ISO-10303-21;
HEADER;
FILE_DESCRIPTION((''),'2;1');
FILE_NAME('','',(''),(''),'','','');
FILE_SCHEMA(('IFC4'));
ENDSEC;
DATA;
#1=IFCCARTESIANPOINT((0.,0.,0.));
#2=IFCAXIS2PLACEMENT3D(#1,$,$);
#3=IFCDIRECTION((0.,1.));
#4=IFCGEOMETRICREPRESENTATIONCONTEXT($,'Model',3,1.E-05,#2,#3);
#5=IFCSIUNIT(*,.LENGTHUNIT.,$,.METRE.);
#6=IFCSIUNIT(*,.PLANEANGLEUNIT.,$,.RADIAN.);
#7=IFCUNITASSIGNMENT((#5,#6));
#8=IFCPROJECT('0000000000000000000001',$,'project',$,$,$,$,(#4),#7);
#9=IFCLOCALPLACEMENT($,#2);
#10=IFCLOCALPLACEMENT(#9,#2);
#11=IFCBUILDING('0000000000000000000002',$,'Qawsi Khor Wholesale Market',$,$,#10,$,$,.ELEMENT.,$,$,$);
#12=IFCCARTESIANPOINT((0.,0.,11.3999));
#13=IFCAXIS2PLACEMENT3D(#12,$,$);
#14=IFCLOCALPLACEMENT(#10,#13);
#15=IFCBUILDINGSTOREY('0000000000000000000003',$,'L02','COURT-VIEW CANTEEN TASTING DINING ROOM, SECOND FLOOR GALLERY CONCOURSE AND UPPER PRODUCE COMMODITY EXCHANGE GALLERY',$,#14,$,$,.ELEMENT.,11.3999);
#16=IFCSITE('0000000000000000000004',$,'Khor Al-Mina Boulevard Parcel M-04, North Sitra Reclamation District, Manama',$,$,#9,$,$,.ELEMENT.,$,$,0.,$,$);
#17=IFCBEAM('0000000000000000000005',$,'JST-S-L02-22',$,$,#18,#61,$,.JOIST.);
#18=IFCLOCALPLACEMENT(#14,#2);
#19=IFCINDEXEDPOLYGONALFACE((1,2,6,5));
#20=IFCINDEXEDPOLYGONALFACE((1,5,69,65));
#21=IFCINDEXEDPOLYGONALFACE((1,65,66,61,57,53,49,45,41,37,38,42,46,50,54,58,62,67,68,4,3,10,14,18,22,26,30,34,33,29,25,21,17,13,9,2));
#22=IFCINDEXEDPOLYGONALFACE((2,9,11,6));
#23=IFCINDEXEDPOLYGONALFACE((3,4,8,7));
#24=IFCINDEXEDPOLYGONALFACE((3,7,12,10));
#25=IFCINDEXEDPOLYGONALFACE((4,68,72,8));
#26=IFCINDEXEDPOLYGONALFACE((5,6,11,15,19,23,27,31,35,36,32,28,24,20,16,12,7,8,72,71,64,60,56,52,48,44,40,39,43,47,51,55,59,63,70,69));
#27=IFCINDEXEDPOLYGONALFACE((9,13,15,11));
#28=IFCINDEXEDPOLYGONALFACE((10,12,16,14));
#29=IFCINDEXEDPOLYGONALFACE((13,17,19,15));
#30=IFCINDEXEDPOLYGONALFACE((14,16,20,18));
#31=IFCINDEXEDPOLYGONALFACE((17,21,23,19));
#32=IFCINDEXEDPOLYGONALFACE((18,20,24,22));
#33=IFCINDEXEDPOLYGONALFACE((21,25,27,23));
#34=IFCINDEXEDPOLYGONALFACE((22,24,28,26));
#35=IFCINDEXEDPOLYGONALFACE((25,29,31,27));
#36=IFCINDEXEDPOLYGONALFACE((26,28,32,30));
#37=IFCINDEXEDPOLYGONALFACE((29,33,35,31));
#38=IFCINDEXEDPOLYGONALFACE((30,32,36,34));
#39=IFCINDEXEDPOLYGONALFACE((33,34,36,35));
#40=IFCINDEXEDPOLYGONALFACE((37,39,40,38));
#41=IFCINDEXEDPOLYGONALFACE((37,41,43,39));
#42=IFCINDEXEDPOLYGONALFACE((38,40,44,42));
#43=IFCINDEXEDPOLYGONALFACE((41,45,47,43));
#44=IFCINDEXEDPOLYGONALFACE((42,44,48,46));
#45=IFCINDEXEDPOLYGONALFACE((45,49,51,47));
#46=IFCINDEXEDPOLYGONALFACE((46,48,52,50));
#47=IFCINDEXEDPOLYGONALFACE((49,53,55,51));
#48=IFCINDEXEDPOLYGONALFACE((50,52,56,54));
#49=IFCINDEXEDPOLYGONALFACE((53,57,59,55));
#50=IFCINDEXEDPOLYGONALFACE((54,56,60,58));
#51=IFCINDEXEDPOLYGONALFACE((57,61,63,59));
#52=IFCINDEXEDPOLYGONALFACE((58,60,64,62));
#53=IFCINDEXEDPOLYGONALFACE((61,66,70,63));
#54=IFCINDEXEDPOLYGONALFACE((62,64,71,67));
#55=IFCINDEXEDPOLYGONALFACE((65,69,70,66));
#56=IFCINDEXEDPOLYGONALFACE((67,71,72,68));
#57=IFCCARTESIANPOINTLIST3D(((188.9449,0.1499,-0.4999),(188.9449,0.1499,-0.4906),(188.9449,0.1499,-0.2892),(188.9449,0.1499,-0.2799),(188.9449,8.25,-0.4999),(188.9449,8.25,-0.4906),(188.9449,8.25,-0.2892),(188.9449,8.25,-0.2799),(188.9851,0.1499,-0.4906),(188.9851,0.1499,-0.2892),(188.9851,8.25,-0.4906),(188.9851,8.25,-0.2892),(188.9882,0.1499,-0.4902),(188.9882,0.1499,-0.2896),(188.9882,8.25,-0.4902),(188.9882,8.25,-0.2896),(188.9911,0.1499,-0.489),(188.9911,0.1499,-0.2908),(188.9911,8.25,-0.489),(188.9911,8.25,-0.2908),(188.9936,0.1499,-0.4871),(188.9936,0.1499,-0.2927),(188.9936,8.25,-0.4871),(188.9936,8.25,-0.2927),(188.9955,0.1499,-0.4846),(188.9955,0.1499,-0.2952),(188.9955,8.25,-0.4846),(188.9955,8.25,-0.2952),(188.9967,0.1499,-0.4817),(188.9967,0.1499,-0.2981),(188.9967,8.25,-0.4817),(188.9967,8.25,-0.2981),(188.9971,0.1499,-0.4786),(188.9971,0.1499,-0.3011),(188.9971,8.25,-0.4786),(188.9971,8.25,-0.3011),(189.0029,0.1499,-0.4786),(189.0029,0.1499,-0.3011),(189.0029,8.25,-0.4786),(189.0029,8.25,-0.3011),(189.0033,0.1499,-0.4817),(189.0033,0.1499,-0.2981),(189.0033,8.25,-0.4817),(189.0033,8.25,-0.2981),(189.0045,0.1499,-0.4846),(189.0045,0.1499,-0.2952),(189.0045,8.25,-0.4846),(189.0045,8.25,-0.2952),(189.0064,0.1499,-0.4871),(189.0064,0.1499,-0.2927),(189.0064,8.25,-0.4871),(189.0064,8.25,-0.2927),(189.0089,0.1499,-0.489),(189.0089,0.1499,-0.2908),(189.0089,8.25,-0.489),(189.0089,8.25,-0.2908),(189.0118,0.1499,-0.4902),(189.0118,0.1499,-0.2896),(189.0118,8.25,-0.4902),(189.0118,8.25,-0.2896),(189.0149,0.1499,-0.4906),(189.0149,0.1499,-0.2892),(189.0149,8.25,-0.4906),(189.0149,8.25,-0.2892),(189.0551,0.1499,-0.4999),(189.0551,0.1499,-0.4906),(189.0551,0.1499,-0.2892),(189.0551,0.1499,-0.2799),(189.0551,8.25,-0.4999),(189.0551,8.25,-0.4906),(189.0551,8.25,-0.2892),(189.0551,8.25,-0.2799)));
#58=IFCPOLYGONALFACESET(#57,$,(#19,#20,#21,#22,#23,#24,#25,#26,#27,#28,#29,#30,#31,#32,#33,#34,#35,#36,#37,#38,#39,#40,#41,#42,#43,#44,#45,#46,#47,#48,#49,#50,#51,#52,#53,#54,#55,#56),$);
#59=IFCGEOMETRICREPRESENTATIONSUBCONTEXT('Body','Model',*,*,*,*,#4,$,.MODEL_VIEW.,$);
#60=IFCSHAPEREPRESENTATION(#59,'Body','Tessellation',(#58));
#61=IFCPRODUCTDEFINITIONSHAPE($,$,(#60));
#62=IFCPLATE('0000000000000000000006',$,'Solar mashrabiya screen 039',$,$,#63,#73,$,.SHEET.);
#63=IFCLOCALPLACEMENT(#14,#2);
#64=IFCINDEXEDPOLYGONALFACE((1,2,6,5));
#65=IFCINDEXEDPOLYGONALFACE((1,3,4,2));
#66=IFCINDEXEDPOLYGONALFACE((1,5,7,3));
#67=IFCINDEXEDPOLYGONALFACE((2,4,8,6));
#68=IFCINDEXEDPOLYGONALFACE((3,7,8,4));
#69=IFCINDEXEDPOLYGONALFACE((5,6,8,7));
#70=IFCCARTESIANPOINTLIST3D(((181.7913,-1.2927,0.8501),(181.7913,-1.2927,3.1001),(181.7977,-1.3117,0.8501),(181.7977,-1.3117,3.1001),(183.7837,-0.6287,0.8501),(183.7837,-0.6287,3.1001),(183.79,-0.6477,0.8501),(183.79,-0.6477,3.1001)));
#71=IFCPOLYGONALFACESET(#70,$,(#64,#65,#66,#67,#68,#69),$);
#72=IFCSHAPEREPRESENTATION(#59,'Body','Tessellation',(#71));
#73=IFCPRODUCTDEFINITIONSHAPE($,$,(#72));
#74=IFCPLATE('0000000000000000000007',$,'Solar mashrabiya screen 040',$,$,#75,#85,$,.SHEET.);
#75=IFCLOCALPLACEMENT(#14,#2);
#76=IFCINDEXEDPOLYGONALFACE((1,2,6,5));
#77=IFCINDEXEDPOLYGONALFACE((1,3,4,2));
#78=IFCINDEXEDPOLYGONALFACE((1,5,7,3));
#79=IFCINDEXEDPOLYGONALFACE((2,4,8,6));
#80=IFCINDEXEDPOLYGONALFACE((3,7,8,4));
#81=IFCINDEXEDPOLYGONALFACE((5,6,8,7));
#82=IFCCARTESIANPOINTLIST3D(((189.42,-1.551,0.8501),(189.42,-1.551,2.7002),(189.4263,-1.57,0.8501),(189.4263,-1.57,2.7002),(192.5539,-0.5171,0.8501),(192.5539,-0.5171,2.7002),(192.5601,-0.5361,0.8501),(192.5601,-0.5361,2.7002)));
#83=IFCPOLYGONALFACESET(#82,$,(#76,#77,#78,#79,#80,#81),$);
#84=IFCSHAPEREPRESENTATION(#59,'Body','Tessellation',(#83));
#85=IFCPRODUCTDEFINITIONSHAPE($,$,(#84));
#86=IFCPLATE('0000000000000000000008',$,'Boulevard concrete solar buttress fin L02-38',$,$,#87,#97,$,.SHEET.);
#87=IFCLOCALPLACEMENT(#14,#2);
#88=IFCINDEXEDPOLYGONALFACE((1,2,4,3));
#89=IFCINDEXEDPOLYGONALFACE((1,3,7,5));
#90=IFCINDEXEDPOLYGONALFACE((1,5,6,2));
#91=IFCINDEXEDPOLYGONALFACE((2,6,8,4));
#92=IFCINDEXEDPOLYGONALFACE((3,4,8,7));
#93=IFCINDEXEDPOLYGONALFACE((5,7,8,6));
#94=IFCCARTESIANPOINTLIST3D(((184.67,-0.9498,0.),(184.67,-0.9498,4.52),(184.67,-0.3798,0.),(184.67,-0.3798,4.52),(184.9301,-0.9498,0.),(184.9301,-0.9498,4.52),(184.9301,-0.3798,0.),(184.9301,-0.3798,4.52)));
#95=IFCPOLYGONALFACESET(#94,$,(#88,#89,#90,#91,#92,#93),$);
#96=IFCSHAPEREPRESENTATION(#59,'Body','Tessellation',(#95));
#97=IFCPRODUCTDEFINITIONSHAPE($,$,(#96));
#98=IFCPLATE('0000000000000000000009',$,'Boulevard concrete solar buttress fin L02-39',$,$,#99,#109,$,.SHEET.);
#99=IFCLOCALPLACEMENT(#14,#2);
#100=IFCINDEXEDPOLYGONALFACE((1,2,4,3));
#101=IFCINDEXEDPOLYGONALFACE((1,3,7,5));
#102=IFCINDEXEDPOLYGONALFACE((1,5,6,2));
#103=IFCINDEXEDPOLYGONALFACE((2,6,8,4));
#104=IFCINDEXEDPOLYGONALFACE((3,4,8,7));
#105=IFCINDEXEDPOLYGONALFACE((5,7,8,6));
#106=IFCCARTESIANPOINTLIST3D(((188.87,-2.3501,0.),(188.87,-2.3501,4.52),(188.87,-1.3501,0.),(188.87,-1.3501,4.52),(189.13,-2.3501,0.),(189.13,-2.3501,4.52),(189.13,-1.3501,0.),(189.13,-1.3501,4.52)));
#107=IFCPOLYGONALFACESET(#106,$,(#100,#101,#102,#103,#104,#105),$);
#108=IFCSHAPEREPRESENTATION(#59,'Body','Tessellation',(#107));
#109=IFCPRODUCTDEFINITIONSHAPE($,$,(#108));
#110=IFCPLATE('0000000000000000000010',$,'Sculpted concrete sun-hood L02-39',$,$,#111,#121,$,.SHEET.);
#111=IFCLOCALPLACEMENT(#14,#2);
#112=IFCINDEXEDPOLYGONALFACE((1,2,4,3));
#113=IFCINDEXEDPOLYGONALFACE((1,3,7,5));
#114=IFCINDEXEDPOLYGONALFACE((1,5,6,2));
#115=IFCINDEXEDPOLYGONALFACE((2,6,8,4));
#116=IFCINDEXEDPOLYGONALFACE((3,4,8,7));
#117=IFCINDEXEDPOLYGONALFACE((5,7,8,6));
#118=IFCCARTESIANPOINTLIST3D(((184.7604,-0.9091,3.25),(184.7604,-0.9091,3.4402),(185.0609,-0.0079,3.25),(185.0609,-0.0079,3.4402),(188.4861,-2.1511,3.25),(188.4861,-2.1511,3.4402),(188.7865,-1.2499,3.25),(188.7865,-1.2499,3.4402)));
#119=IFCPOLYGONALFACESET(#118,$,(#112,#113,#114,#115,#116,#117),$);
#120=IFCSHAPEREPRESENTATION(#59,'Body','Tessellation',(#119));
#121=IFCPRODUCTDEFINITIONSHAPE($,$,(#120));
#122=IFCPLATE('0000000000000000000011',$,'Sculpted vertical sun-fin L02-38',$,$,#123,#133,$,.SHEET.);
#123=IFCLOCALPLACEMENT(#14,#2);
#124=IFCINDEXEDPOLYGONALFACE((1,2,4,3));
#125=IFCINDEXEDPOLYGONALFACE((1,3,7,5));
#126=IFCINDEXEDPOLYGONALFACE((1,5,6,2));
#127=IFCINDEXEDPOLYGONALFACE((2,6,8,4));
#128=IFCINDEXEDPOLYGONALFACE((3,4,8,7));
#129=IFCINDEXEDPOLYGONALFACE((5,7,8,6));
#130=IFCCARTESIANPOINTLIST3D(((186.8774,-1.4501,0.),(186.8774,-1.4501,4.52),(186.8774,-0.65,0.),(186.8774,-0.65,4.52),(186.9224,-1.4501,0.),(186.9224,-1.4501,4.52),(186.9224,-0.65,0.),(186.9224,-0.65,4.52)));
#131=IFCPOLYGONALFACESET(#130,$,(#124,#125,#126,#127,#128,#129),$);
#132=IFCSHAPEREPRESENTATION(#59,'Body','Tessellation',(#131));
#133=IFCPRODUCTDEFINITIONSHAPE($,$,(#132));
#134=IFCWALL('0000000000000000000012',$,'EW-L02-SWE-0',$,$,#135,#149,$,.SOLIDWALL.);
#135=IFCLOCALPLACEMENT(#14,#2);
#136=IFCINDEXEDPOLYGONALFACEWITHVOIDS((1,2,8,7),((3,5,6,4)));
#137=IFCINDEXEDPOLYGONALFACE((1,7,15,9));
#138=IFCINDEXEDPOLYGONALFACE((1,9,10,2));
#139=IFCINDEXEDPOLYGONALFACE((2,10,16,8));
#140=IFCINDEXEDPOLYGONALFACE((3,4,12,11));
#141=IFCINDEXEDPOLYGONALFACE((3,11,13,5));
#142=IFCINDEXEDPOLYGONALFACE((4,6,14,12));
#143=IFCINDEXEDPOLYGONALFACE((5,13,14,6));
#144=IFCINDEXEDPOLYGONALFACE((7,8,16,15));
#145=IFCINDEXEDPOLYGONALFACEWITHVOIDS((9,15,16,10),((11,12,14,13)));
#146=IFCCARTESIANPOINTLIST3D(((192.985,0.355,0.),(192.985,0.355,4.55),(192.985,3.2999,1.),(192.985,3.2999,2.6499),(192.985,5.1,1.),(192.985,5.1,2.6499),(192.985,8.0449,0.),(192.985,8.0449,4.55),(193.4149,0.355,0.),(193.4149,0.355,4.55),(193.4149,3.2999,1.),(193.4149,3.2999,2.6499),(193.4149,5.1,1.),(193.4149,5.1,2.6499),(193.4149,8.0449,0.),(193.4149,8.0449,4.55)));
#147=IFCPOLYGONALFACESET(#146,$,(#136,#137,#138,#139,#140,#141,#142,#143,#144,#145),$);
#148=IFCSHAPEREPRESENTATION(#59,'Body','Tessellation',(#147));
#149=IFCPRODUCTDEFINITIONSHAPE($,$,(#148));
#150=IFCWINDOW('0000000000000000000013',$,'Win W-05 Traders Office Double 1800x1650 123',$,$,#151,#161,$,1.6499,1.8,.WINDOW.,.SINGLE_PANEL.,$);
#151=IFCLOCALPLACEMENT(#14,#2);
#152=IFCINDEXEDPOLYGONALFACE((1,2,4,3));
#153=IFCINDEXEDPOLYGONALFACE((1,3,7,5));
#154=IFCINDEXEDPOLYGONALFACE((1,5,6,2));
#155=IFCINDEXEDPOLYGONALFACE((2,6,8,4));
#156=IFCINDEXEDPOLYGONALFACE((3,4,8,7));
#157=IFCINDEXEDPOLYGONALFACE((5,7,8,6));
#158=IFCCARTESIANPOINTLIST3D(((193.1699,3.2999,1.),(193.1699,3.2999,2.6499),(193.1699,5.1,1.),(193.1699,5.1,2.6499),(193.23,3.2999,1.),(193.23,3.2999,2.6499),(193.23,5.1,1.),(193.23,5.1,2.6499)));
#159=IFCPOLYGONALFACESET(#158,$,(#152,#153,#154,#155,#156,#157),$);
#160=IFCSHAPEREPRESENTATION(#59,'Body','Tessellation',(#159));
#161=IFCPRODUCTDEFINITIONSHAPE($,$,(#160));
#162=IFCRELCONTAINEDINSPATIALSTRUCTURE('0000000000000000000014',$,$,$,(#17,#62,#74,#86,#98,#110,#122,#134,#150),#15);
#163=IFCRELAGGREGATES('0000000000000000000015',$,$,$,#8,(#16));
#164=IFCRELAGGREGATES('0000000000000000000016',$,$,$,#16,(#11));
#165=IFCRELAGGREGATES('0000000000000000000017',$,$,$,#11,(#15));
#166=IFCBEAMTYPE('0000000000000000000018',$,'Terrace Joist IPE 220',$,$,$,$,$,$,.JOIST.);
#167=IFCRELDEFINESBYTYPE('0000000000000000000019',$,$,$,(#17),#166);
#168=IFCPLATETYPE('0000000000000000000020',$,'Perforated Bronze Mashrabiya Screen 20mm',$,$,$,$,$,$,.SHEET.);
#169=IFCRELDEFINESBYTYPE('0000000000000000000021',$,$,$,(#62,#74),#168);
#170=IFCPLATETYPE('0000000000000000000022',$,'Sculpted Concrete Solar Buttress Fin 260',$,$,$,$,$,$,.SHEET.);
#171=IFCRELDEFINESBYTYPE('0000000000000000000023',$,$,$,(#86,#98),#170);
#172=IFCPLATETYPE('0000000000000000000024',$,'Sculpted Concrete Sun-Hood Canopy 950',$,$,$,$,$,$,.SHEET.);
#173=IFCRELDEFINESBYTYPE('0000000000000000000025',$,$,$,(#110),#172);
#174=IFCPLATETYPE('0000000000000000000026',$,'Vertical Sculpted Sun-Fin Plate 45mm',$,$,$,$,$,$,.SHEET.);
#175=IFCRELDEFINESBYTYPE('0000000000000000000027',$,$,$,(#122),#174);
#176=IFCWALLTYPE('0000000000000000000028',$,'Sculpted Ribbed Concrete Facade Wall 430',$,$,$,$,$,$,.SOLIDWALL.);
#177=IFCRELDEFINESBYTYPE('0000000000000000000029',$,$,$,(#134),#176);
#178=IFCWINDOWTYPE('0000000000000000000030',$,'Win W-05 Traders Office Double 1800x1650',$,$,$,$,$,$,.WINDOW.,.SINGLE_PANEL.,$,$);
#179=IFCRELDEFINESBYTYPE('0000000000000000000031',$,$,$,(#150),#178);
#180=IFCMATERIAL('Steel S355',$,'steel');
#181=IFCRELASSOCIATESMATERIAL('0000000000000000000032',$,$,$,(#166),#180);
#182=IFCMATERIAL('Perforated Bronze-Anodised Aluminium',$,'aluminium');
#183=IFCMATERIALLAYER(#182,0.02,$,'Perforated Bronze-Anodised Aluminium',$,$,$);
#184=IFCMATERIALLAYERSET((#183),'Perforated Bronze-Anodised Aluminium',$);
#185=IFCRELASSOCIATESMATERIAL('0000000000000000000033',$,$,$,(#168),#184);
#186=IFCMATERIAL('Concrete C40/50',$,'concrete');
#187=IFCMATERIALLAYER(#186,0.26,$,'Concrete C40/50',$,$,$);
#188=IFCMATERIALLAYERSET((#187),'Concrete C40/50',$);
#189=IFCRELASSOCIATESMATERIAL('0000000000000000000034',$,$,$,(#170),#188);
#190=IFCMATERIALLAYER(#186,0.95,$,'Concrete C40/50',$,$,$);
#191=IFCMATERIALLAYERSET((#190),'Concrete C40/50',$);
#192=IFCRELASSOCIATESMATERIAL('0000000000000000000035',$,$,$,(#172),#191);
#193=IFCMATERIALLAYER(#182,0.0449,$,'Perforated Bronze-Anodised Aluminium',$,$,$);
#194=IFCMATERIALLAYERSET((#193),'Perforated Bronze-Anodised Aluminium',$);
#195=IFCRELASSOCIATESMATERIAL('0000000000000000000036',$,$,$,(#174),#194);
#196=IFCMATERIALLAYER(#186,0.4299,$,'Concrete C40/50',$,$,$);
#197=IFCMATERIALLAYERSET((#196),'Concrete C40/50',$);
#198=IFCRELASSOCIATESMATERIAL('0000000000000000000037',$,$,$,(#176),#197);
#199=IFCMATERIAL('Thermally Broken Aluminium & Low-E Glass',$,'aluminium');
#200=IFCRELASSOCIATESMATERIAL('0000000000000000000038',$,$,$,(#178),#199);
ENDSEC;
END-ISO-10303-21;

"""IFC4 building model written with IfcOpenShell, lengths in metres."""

from ifc_helpers import new_model, si_unit, direction, frame, frame_2d, origin, origin_2d, place, context, subcontext, project, spatial, rectangle, i_section, extrude, material, layer, layer_set, material_profile, profile_set, type_object, element, fill, save


model = new_model("IFC4")

# Units and contexts
model_context = context("Model", 3, precision=1e-05, world=origin(), true_north=direction((0.0, 1.0)))
body_context = subcontext(model_context, "Body", "Model", "MODEL_VIEW")
ifc_project = project(units=[si_unit("LENGTHUNIT", "METRE"), si_unit("PLANEANGLEUNIT", "RADIAN")], contexts=[model_context])

# Site, building, storey
site_placement = place(None, origin())
site = spatial("IfcSite", under=ifc_project, at=site_placement, Name="Khor Al-Mina Boulevard Parcel M-04, North Sitra Reclamation District, Manama", CompositionType="ELEMENT", RefElevation=0.0)
building_placement = place(site_placement, origin())
building = spatial("IfcBuilding", under=site, at=building_placement, Name="Qawsi Khor Wholesale Market", CompositionType="ELEMENT")
storey_placement = place(building_placement, frame((0.0, 0.0, 11.3999)))
storey = spatial("IfcBuildingStorey", under=building, at=storey_placement, Name="L02", Description="COURT-VIEW CANTEEN TASTING DINING ROOM, SECOND FLOOR GALLERY CONCOURSE AND UPPER PRODUCE COMMODITY EXCHANGE GALLERY", CompositionType="ELEMENT", Elevation=11.3999)

# Shared definitions
ifc_material_1 = material(Name="Concrete C40/50", Category="concrete")

# Beam
ifc_material_2 = material(Name="Steel S355", Category="steel")
ifc_material_profile_1 = material_profile(ifc_material_2, i_section(OverallWidth=0.1101, OverallDepth=0.22, WebThickness=0.0059, FlangeThickness=0.0093, FilletRadius=0.012, at=origin_2d()), Name="IPE 220")
ifc_profile_set_1 = profile_set([ifc_material_profile_1], Name="Steel S355")
beam_type_1 = type_object("IfcBeamType", Name="Terrace Joist IPE 220", PredefinedType="JOIST", material=ifc_profile_set_1)
beam_1_placement = place(storey_placement, frame((189.0, 0.1499, -0.3899), z_axis=(0.0, 1.0, 0.0), x_axis=(-1.0, 0.0, 0.0)))
element("IfcBeam", 1, at=beam_1_placement, inside=storey, type_object=beam_type_1, Name="JST-S-L02-22", PredefinedType="JOIST", context=body_context, shape_type="SweptSolid", body=[
    extrude(i_section(OverallWidth=0.1101, OverallDepth=0.22, WebThickness=0.0059, FlangeThickness=0.0093, FilletRadius=0.012, at=origin_2d()), origin(), (0.0, 0.0, 1.0), 8.1001),
])

# Plates
ifc_material_3 = material(Name="Perforated Bronze-Anodised Aluminium", Category="aluminium")
ifc_layer_1 = layer(ifc_material_3, 0.02, Name="Perforated Bronze-Anodised Aluminium")
ifc_layer_set_1 = layer_set([ifc_layer_1], Name="Perforated Bronze-Anodised Aluminium")
plate_type_1 = type_object("IfcPlateType", Name="Perforated Bronze Mashrabiya Screen 20mm", PredefinedType="SHEET", material=ifc_layer_set_1)
plate_1_placement = place(storey_placement, frame((183.7869, -0.6382, 0.8501), z_axis=(0.0, 0.0, 1.0), x_axis=(-0.948695, -0.316193, 0.0)))
element("IfcPlate", 2, at=plate_1_placement, inside=storey, type_object=plate_type_1, Name="Solar mashrabiya screen 039", PredefinedType="SHEET", context=body_context, shape_type="SweptSolid", body=[
    extrude(rectangle(XDim=2.1001, YDim=0.02, at=frame_2d((1.05, 0.0))), origin(), (0.0, 0.0, 1.0), 2.25),
])
plate_2_placement = place(storey_placement, frame((192.5569, -0.5266, 0.8501), z_axis=(0.0, 0.0, 1.0), x_axis=(-0.949648, -0.313319, 0.0)))
element("IfcPlate", 3, at=plate_2_placement, inside=storey, type_object=plate_type_1, Name="Solar mashrabiya screen 040", PredefinedType="SHEET", context=body_context, shape_type="SweptSolid", body=[
    extrude(rectangle(XDim=3.3, YDim=0.02, at=frame_2d((1.6499, 0.0))), origin(), (0.0, 0.0, 1.0), 1.8501),
])
ifc_layer_2 = layer(ifc_material_1, 0.26, Name="Concrete C40/50")
ifc_layer_set_2 = layer_set([ifc_layer_2], Name="Concrete C40/50")
plate_type_2 = type_object("IfcPlateType", Name="Sculpted Concrete Solar Buttress Fin 260", PredefinedType="SHEET", material=ifc_layer_set_2)
plate_3_placement = place(storey_placement, frame((184.8, -0.95, 0.0), z_axis=(0.0, 0.0, 1.0), x_axis=(0.0, 1.0, 0.0)))
element("IfcPlate", 4, at=plate_3_placement, inside=storey, type_object=plate_type_2, Name="Boulevard concrete solar buttress fin L02-38", PredefinedType="SHEET", context=body_context, shape_type="SweptSolid", body=[
    extrude(rectangle(XDim=0.5701, YDim=0.26, at=frame_2d((0.2852, 0.0))), origin(), (0.0, 0.0, 1.0), 4.52),
])
plate_4_placement = place(storey_placement, frame((189.0, -2.3501, 0.0), z_axis=(0.0, 0.0, 1.0), x_axis=(0.0, 1.0, 0.0)))
element("IfcPlate", 5, at=plate_4_placement, inside=storey, type_object=plate_type_2, Name="Boulevard concrete solar buttress fin L02-39", PredefinedType="SHEET", context=body_context, shape_type="SweptSolid", body=[
    extrude(rectangle(XDim=1.0, YDim=0.26, at=frame_2d((0.5, 0.0))), origin(), (0.0, 0.0, 1.0), 4.52),
])
ifc_layer_3 = layer(ifc_material_1, 0.95, Name="Concrete C40/50")
ifc_layer_set_3 = layer_set([ifc_layer_3], Name="Concrete C40/50")
plate_type_3 = type_object("IfcPlateType", Name="Sculpted Concrete Sun-Hood Canopy 950", PredefinedType="SHEET", material=ifc_layer_set_3)
plate_5_placement = place(storey_placement, frame((184.9106, -0.4585, 3.25), z_axis=(0.0, 0.0, 1.0), x_axis=(0.948677, -0.316246, 0.0)))
element("IfcPlate", 6, at=plate_5_placement, inside=storey, type_object=plate_type_3, Name="Sculpted concrete sun-hood L02-39", PredefinedType="SHEET", context=body_context, shape_type="SweptSolid", body=[
    extrude(rectangle(XDim=3.9272, YDim=0.95, at=frame_2d((1.9636, 0.0))), origin(), (0.0, 0.0, 1.0), 0.1902),
])
ifc_layer_4 = layer(ifc_material_3, 0.0449, Name="Perforated Bronze-Anodised Aluminium")
ifc_layer_set_4 = layer_set([ifc_layer_4], Name="Perforated Bronze-Anodised Aluminium")
plate_type_4 = type_object("IfcPlateType", Name="Vertical Sculpted Sun-Fin Plate 45mm", PredefinedType="SHEET", material=ifc_layer_set_4)
plate_6_placement = place(storey_placement, frame((186.8999, -1.45, 0.0), z_axis=(0.0, 0.0, 1.0), x_axis=(0.0, 1.0, 0.0)))
element("IfcPlate", 7, at=plate_6_placement, inside=storey, type_object=plate_type_4, Name="Sculpted vertical sun-fin L02-38", PredefinedType="SHEET", context=body_context, shape_type="SweptSolid", body=[
    extrude(rectangle(XDim=0.8, YDim=0.0449, at=frame_2d((0.3999, 0.0))), origin(), (0.0, 0.0, 1.0), 4.52),
])

# Wall, opening, window
ifc_layer_5 = layer(ifc_material_1, 0.4299, Name="Concrete C40/50")
ifc_layer_set_5 = layer_set([ifc_layer_5], Name="Concrete C40/50")
wall_type_1 = type_object("IfcWallType", Name="Sculpted Ribbed Concrete Facade Wall 430", PredefinedType="SOLIDWALL", material=ifc_layer_set_5)
wall_1_placement = place(storey_placement, frame((193.2, 8.0449, 0.0), z_axis=(0.0, 0.0, 1.0), x_axis=(0.0, -1.0, 0.0)))
wall_1 = element("IfcWall", 8, at=wall_1_placement, inside=storey, type_object=wall_type_1, Name="EW-L02-SWE-0", PredefinedType="SOLIDWALL", context=body_context, shape_type="SweptSolid", body=[
    extrude(rectangle(XDim=7.6899, YDim=0.4299, at=frame_2d((3.845, 0.0))), origin(), (0.0, 0.0, 1.0), 4.55),
])
opening_1_placement = place(wall_1_placement, frame((2.9451, 0.0, 1.0)))
opening_1 = element("IfcOpeningElement", 9, at=opening_1_placement, cuts=wall_1, PredefinedType="OPENING", context=body_context, shape_type="SweptSolid", body=[
    extrude(rectangle(XDim=1.8, YDim=1.6499, at=frame_2d((0.8999, 0.825))), frame((0.0, 0.2249, 0.0), z_axis=(0.0, -1.0, 0.0), x_axis=(1.0, 0.0, 0.0)), (0.0, 0.0, 1.0), 0.45),
])
ifc_material_4 = material(Name="Thermally Broken Aluminium & Low-E Glass", Category="aluminium")
window_type_1 = type_object("IfcWindowType", Name="Win W-05 Traders Office Double 1800x1650", PartitioningType="SINGLE_PANEL", PredefinedType="WINDOW", material=ifc_material_4)
window_1_placement = place(opening_1_placement, origin())
window_1 = element("IfcWindow", 10, at=window_1_placement, inside=storey, type_object=window_type_1, Name="Win W-05 Traders Office Double 1800x1650 123", OverallHeight=1.6499, OverallWidth=1.8, PartitioningType="SINGLE_PANEL", PredefinedType="WINDOW", context=body_context, shape_type="SweptSolid", body=[
    extrude(rectangle(XDim=1.8, YDim=1.6499, at=frame_2d((0.8999, 0.825))), frame((0.0, 0.03, 0.0), z_axis=(0.0, -1.0, 0.0), x_axis=(1.0, 0.0, 0.0)), (0.0, 0.0, 1.0), 0.0601),
])
fill(opening_1, window_1)

save(model, "model.ifc")
